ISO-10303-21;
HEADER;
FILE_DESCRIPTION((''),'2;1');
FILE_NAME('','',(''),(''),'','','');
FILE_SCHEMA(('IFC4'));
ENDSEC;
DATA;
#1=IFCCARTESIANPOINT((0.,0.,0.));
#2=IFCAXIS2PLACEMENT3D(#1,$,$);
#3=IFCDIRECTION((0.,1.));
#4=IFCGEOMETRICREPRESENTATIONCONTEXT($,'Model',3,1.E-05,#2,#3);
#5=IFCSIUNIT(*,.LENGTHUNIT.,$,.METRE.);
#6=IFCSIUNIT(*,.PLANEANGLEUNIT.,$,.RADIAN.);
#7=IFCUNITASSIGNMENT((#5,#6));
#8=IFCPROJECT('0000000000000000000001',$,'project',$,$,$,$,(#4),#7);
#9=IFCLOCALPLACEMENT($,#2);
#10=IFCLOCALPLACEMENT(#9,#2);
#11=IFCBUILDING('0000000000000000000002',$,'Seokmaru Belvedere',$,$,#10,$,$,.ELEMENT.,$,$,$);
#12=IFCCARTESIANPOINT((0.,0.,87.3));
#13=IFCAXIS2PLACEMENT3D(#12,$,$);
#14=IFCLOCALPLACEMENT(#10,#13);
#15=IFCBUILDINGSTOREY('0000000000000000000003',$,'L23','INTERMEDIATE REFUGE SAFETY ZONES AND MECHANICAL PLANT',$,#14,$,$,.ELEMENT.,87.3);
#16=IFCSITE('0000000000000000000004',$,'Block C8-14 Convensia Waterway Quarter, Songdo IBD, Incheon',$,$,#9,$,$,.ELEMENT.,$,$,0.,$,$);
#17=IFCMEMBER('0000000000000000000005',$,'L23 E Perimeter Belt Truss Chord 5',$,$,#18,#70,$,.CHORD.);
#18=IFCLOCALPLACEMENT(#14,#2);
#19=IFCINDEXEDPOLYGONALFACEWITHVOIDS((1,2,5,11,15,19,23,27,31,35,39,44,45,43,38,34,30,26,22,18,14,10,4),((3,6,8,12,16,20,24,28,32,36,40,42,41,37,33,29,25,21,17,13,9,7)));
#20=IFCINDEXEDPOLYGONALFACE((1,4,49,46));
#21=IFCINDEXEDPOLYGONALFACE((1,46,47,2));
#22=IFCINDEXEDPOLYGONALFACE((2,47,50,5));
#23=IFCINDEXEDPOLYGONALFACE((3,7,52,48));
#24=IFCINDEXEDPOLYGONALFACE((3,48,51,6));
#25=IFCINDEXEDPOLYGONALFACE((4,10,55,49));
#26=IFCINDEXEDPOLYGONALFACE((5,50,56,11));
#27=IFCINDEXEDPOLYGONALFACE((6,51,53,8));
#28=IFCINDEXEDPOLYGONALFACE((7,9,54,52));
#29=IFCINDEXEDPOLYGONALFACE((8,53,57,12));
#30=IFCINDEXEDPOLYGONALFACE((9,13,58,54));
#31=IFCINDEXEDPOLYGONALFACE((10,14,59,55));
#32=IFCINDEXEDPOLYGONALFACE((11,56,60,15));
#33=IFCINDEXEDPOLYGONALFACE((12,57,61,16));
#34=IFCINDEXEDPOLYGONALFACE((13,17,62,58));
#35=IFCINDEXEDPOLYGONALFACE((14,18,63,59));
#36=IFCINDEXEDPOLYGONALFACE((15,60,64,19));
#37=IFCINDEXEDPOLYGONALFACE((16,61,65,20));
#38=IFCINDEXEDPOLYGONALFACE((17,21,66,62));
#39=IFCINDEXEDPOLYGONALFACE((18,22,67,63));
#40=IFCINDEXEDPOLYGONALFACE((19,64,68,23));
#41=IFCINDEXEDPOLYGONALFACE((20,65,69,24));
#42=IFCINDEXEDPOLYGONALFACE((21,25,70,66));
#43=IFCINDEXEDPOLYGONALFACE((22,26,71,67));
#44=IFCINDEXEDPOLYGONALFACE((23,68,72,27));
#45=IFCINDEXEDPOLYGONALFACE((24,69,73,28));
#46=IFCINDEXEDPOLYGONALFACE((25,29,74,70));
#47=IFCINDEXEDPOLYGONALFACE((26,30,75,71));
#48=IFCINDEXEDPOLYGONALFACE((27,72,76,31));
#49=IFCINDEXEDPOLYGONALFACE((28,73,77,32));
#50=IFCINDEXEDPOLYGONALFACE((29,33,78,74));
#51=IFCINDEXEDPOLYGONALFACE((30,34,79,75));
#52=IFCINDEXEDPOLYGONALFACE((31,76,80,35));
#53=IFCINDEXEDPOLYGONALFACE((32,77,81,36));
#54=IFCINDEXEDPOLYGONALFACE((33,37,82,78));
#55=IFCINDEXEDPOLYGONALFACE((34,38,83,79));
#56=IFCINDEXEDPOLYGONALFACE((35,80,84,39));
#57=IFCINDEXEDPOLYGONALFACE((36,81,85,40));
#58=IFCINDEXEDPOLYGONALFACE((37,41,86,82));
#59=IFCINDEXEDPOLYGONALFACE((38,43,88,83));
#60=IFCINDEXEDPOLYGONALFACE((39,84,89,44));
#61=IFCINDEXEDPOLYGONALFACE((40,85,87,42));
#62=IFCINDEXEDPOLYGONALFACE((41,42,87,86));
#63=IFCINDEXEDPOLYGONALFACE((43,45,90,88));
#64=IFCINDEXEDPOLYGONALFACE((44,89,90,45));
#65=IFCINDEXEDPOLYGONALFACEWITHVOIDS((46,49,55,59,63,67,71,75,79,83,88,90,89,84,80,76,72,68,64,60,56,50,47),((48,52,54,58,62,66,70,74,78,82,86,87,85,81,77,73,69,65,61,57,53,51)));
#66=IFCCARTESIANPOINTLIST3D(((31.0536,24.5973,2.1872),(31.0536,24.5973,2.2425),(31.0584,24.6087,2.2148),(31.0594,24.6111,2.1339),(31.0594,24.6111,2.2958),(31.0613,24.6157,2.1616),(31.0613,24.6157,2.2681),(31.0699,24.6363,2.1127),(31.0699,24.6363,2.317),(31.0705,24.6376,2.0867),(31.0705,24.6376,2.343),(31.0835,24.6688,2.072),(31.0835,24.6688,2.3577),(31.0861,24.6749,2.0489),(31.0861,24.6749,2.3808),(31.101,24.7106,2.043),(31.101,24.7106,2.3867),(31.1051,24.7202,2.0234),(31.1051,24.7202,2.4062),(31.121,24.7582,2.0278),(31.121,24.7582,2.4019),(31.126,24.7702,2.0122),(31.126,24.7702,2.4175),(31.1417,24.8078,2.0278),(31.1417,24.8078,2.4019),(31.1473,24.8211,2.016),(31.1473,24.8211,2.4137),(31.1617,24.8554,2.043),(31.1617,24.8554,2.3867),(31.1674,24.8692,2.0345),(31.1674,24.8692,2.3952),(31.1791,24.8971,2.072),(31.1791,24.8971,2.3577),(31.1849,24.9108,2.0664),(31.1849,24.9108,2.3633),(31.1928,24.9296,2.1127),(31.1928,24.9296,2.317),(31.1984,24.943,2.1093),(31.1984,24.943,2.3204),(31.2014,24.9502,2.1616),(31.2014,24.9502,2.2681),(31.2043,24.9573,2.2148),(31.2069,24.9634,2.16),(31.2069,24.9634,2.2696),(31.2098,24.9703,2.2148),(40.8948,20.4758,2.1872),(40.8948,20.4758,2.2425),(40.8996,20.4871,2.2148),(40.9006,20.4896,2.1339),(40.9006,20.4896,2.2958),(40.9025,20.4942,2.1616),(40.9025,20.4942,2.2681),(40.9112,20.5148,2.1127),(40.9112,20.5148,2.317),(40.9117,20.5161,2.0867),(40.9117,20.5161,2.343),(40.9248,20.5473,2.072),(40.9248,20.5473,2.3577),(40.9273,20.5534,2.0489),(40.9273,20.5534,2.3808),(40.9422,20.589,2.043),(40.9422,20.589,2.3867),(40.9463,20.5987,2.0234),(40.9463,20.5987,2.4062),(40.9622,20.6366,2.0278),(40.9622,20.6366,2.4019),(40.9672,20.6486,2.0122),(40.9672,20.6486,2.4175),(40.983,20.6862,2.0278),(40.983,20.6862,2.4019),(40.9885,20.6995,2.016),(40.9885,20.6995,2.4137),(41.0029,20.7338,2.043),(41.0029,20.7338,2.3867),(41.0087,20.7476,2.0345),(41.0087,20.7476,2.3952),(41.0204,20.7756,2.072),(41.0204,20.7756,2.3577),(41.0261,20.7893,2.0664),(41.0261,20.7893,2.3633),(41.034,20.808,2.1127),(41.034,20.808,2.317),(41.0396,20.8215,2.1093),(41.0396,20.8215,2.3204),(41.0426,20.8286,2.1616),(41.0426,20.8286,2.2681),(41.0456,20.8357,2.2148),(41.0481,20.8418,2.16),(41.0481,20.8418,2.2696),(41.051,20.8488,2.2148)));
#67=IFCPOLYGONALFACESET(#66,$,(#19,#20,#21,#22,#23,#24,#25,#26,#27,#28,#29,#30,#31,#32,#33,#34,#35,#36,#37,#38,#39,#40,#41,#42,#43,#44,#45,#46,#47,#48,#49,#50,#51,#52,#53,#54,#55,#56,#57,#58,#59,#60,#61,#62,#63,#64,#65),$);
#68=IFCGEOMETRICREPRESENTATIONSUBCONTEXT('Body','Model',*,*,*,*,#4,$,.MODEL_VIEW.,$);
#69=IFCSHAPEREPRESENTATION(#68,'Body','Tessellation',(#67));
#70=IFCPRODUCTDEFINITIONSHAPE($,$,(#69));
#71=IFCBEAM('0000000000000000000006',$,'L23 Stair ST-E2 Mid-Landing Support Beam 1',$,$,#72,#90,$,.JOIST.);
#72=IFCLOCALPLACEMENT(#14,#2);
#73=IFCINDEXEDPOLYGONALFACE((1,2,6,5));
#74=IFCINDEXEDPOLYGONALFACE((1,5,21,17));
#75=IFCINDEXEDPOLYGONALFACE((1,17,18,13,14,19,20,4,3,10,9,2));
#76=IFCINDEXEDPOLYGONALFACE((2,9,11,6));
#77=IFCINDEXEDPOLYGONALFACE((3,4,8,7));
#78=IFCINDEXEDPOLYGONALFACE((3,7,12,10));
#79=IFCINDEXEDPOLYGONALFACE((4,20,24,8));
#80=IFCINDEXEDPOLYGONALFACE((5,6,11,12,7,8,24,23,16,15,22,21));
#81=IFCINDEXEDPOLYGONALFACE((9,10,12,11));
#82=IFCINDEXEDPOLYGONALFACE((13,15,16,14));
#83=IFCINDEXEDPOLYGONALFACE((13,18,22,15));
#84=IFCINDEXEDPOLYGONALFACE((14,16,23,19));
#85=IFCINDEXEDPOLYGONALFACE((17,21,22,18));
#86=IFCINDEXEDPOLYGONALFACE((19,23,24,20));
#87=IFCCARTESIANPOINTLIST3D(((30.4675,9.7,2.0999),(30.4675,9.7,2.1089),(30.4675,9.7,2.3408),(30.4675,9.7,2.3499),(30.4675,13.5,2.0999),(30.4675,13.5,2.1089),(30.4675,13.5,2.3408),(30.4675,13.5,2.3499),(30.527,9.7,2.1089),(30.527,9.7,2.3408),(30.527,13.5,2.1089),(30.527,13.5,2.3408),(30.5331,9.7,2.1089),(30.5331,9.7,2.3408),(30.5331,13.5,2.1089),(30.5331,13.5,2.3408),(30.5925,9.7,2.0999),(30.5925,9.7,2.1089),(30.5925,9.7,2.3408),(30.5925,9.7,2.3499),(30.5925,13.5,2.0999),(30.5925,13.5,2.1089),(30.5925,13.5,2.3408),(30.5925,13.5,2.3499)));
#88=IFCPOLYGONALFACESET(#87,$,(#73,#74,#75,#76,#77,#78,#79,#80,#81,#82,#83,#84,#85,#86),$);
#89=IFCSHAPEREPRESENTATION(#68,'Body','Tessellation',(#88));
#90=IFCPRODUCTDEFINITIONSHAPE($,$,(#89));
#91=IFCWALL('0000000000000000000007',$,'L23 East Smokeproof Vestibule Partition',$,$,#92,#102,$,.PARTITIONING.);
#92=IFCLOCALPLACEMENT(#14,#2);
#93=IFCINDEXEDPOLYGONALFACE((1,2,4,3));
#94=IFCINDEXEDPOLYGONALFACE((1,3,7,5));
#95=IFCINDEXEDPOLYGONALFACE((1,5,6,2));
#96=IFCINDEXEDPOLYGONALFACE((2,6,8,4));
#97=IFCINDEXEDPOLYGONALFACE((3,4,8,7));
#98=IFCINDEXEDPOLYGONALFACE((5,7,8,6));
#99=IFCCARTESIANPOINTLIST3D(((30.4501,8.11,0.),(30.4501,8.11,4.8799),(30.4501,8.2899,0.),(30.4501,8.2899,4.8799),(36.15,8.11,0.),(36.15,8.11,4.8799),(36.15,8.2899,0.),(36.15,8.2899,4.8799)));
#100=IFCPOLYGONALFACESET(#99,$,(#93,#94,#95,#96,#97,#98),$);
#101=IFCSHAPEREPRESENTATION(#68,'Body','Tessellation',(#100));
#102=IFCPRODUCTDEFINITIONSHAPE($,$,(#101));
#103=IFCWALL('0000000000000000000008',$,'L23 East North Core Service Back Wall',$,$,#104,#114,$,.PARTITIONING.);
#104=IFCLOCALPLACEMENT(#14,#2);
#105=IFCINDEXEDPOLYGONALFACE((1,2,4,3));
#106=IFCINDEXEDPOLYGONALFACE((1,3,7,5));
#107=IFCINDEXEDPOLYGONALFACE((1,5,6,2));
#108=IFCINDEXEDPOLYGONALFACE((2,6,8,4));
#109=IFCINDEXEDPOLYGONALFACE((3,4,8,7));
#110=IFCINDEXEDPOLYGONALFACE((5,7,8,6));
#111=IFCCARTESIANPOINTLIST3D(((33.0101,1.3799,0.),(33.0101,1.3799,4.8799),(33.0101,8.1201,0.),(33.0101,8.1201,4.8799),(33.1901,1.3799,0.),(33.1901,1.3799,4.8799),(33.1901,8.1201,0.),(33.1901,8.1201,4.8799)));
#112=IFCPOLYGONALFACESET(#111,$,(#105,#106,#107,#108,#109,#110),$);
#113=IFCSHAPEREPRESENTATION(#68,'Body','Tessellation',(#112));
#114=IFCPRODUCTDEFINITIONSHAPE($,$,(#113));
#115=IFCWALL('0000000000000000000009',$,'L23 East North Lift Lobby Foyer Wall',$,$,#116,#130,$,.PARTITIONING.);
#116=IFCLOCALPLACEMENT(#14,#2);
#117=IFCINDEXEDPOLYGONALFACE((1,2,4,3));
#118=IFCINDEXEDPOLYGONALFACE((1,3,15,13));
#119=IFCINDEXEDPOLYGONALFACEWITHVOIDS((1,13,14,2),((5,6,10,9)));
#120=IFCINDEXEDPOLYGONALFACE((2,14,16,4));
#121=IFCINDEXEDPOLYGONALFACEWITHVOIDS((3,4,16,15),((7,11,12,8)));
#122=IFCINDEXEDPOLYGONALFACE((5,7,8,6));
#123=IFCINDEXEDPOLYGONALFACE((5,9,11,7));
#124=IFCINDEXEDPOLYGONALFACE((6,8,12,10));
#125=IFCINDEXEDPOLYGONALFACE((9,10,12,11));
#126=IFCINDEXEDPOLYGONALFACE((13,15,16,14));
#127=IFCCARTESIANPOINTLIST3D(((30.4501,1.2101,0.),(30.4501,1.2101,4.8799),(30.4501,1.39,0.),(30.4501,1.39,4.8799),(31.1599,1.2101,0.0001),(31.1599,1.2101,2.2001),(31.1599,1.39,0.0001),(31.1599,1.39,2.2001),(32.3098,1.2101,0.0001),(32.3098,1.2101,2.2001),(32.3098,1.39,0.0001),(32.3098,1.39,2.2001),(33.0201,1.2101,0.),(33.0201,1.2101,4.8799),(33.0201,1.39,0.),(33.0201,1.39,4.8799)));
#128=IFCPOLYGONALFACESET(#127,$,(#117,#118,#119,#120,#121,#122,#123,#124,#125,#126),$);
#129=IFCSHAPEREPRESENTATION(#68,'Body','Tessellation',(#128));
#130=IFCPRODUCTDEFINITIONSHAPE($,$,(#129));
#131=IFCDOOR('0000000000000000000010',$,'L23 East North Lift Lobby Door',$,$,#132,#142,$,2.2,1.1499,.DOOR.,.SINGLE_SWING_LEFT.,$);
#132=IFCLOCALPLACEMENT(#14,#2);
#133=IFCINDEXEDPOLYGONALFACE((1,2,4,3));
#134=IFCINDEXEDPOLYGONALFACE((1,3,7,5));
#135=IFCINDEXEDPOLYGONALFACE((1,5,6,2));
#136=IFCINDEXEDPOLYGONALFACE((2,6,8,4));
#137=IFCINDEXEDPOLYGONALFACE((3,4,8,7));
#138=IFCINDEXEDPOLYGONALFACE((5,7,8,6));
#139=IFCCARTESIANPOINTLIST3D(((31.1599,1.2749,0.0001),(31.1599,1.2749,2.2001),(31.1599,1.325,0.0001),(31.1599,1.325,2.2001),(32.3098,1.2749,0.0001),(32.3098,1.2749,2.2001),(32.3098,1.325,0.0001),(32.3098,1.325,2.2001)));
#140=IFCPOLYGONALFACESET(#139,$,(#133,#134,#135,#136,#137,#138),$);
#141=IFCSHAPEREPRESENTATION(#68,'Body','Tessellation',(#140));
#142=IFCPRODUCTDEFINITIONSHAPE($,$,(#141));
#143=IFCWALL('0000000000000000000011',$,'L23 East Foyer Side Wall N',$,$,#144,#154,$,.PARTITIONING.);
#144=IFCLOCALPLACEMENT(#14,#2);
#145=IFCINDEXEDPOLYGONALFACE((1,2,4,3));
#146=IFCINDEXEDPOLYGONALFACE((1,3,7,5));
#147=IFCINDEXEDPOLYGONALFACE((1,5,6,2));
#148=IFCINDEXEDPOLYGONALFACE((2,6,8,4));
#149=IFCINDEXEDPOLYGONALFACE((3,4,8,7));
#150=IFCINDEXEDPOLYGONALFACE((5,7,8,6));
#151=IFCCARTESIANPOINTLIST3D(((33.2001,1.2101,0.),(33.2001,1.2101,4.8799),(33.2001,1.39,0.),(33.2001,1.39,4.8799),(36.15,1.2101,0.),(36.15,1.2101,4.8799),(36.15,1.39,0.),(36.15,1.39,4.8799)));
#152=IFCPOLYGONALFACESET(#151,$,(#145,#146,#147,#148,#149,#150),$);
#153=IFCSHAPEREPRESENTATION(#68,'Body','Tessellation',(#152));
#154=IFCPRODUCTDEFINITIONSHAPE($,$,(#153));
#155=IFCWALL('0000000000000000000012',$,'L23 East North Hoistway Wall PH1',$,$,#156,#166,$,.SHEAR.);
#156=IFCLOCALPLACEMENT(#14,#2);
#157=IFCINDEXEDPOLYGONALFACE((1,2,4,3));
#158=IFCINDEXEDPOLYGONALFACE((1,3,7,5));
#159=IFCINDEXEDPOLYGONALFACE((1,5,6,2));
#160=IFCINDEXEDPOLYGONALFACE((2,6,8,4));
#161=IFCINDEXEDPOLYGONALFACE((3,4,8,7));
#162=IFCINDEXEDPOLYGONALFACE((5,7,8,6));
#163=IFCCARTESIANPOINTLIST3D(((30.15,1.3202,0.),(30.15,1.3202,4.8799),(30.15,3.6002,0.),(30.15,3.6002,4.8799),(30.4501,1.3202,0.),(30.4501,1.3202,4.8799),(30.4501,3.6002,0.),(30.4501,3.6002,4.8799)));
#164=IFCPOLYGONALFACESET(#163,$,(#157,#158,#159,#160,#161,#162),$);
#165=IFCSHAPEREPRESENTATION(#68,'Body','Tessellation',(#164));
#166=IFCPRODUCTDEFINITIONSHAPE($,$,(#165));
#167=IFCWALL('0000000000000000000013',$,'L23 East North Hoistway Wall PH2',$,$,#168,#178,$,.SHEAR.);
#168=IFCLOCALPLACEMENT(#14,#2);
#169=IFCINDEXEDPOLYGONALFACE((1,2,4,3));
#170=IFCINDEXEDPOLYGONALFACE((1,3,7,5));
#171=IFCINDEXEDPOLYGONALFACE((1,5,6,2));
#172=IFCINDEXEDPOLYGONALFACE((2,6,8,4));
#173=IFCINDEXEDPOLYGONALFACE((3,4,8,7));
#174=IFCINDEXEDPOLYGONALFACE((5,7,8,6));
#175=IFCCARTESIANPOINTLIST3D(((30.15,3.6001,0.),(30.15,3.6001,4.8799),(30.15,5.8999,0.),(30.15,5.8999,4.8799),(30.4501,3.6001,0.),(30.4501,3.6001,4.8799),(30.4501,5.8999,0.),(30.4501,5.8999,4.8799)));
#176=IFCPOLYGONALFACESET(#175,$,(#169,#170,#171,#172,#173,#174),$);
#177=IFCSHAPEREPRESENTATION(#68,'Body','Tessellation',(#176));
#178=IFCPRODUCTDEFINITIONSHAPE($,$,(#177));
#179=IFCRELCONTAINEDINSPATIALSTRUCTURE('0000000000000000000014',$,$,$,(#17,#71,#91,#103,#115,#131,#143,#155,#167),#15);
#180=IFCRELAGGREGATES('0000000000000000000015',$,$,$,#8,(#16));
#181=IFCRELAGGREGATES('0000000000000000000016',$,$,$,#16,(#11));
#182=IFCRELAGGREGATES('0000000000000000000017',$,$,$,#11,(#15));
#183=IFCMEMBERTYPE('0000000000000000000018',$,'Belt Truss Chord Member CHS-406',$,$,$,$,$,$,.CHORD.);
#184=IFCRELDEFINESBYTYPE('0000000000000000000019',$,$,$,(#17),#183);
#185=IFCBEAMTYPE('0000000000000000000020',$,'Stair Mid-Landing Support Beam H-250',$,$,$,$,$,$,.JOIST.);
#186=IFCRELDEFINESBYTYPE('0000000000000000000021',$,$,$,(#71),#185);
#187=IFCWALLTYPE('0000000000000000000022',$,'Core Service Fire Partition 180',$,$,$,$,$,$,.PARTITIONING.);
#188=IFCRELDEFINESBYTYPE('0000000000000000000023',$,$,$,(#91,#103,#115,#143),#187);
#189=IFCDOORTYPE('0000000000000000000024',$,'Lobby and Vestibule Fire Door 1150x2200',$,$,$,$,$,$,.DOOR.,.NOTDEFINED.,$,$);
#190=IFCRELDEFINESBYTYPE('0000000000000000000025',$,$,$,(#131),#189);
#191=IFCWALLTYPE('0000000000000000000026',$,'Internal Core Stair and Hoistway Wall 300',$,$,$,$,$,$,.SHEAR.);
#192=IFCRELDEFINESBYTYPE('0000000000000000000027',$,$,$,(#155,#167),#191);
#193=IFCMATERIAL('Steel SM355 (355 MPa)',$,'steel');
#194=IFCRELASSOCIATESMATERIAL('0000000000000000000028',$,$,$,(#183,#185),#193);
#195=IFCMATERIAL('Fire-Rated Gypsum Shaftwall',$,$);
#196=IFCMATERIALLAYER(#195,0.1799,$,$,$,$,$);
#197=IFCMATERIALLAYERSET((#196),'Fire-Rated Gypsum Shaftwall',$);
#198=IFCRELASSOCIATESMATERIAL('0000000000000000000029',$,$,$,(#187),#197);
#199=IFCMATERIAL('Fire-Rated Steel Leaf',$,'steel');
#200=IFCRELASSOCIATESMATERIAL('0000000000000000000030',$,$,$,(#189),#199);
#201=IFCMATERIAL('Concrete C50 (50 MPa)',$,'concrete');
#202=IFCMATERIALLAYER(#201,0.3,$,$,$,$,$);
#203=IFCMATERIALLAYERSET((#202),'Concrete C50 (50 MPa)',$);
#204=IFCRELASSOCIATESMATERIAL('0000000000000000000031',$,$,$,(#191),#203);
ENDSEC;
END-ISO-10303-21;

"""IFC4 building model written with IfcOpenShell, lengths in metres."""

from ifc_helpers import new_model, si_unit, direction, frame, frame_2d, origin, origin_2d, place, context, subcontext, project, spatial, rectangle, hollow_circle, i_section, extrude, source, transform, mapped, material, layer, layer_set, material_profile, profile_set, type_object, type_shapes, element, fill, save


model = new_model("IFC4")

# Units and contexts
model_context = context("Model", 3, precision=1e-05, world=origin(), true_north=direction((0.0, 1.0)))
body_context = subcontext(model_context, "Body", "Model", "MODEL_VIEW")
ifc_project = project(units=[si_unit("LENGTHUNIT", "METRE"), si_unit("PLANEANGLEUNIT", "RADIAN")], contexts=[model_context])

# Site, building, storey
site_placement = place(None, origin())
site = spatial("IfcSite", under=ifc_project, at=site_placement, Name="Block C8-14 Convensia Waterway Quarter, Songdo IBD, Incheon", CompositionType="ELEMENT", RefElevation=0.0)
building_placement = place(site_placement, origin())
building = spatial("IfcBuilding", under=site, at=building_placement, Name="Seokmaru Belvedere", CompositionType="ELEMENT")
storey_placement = place(building_placement, frame((0.0, 0.0, 87.3)))
storey = spatial("IfcBuildingStorey", under=building, at=storey_placement, Name="L23", Description="INTERMEDIATE REFUGE SAFETY ZONES AND MECHANICAL PLANT", CompositionType="ELEMENT", Elevation=87.3)

# Shared definitions
ifc_material_1 = material(Name="Steel SM355 (355 MPa)", Category="steel")

# Member
ifc_material_profile_1 = material_profile(ifc_material_1, hollow_circle(Radius=0.2031, WallThickness=0.0142, at=origin_2d()), Name="CHS-406.4x14.2")
ifc_profile_set_1 = profile_set([ifc_material_profile_1], Name="Steel SM355 (355 MPa)")
member_type_1 = type_object("IfcMemberType", Name="Belt Truss Chord Member CHS-406", PredefinedType="CHORD", material=ifc_profile_set_1)
shared_shape_1 = source(origin(), body_context, "Body", "SweptSolid", [
    extrude(hollow_circle(Radius=0.2031, WallThickness=0.0142, at=origin_2d()), origin(), (0.0, 0.0, 1.0), 10.6694),
])
type_shapes(member_type_1, [shared_shape_1])
member_1_placement = place(storey_placement, frame((31.1313, 24.783, 2.2148), z_axis=(0.922375, -0.386295, 0.0), x_axis=(0.386295, 0.922375, 0.0)))
element("IfcMember", 1, at=member_1_placement, inside=storey, type_object=member_type_1, Name="L23 E Perimeter Belt Truss Chord 5", PredefinedType="CHORD", context=body_context, shape_type="MappedRepresentation", body=[
    mapped(shared_shape_1, transform((0.0, 0.0, 0.0), scale=1.0)),
])

# Beam
ifc_material_profile_2 = material_profile(ifc_material_1, i_section(OverallWidth=0.125, OverallDepth=0.25, WebThickness=0.0061, FlangeThickness=0.009, at=origin_2d()), Name="H-250x125x6x9")
ifc_profile_set_2 = profile_set([ifc_material_profile_2], Name="Steel SM355 (355 MPa)")
beam_type_1 = type_object("IfcBeamType", Name="Stair Mid-Landing Support Beam H-250", PredefinedType="JOIST", material=ifc_profile_set_2)
shared_shape_2 = source(origin(), body_context, "Body", "SweptSolid", [
    extrude(i_section(OverallWidth=0.125, OverallDepth=0.25, WebThickness=0.0061, FlangeThickness=0.009, at=origin_2d()), origin(), (0.0, 0.0, 1.0), 3.8),
])
type_shapes(beam_type_1, [shared_shape_2])
beam_1_placement = place(storey_placement, frame((30.53, 9.7, 2.2249), z_axis=(0.0, 1.0, 0.0), x_axis=(-1.0, 0.0, 0.0)))
element("IfcBeam", 2, at=beam_1_placement, inside=storey, type_object=beam_type_1, Name="L23 Stair ST-E2 Mid-Landing Support Beam 1", PredefinedType="JOIST", context=body_context, shape_type="MappedRepresentation", body=[
    mapped(shared_shape_2, transform((0.0, 0.0, 0.0), scale=1.0)),
])

# Walls
ifc_material_2 = material(Name="Fire-Rated Gypsum Shaftwall")
ifc_layer_1 = layer(ifc_material_2, 0.1799)
ifc_layer_set_1 = layer_set([ifc_layer_1], Name="Fire-Rated Gypsum Shaftwall")
wall_type_1 = type_object("IfcWallType", Name="Core Service Fire Partition 180", PredefinedType="PARTITIONING", material=ifc_layer_set_1)
wall_1_placement = place(storey_placement, frame((30.45, 8.2, 0.0), z_axis=(0.0, 0.0, 1.0), x_axis=(1.0, 0.0, 0.0)))
element("IfcWall", 3, at=wall_1_placement, inside=storey, type_object=wall_type_1, Name="L23 East Smokeproof Vestibule Partition", PredefinedType="PARTITIONING", context=body_context, shape_type="SweptSolid", body=[
    extrude(rectangle(XDim=5.7, YDim=0.1799, at=frame_2d((2.8501, 0.0))), origin(), (0.0, 0.0, 1.0), 4.8799),
])
wall_2_placement = place(storey_placement, frame((33.1001, 1.3799, 0.0), z_axis=(0.0, 0.0, 1.0), x_axis=(0.0, 1.0, 0.0)))
element("IfcWall", 4, at=wall_2_placement, inside=storey, type_object=wall_type_1, Name="L23 East North Core Service Back Wall", PredefinedType="PARTITIONING", context=body_context, shape_type="SweptSolid", body=[
    extrude(rectangle(XDim=6.7402, YDim=0.1799, at=frame_2d((3.3701, 0.0))), origin(), (0.0, 0.0, 1.0), 4.8799),
])

# Wall, opening, door
wall_3_placement = place(storey_placement, frame((30.45, 1.3, 0.0), z_axis=(0.0, 0.0, 1.0), x_axis=(1.0, 0.0, 0.0)))
wall_3 = element("IfcWall", 5, at=wall_3_placement, inside=storey, type_object=wall_type_1, Name="L23 East North Lift Lobby Foyer Wall", PredefinedType="PARTITIONING", context=body_context, shape_type="SweptSolid", body=[
    extrude(rectangle(XDim=2.5701, YDim=0.1799, at=frame_2d((1.2852, 0.0))), origin(), (0.0, 0.0, 1.0), 4.8799),
])
opening_1_placement = place(wall_3_placement, frame((0.71, 0.0, 0.0)))
opening_1 = element("IfcOpeningElement", 6, at=opening_1_placement, cuts=wall_3, PredefinedType="OPENING", context=body_context, shape_type="SweptSolid", body=[
    extrude(rectangle(XDim=1.1499, YDim=2.2, at=frame_2d((0.575, 1.1001))), frame((0.0, 0.1001, 0.0), z_axis=(0.0, -1.0, 0.0), x_axis=(1.0, 0.0, 0.0)), (0.0, 0.0, 1.0), 0.2),
])
ifc_material_3 = material(Name="Fire-Rated Steel Leaf", Category="steel")
door_type_1 = type_object("IfcDoorType", Name="Lobby and Vestibule Fire Door 1150x2200", OperationType="NOTDEFINED", PredefinedType="DOOR", material=ifc_material_3)
shared_shape_3 = source(origin(), body_context, "Body", "SweptSolid", [
    extrude(rectangle(XDim=1.1499, YDim=2.2, at=frame_2d((0.575, 1.1001))), frame((0.0, 0.0249, 0.0), z_axis=(0.0, -1.0, 0.0), x_axis=(1.0, 0.0, 0.0)), (0.0, 0.0, 1.0), 0.05),
])
type_shapes(door_type_1, [shared_shape_3])
door_1_placement = place(opening_1_placement, origin())
door_1 = element("IfcDoor", 7, at=door_1_placement, inside=storey, type_object=door_type_1, Name="L23 East North Lift Lobby Door", OperationType="SINGLE_SWING_LEFT", OverallHeight=2.2, OverallWidth=1.1499, PredefinedType="DOOR", context=body_context, shape_type="MappedRepresentation", body=[
    mapped(shared_shape_3, transform((0.0, 0.0, 0.0), scale=1.0)),
])
fill(opening_1, door_1)

# Walls
wall_4_placement = place(storey_placement, frame((33.2, 1.3, 0.0), z_axis=(0.0, 0.0, 1.0), x_axis=(1.0, 0.0, 0.0)))
element("IfcWall", 8, at=wall_4_placement, inside=storey, type_object=wall_type_1, Name="L23 East Foyer Side Wall N", PredefinedType="PARTITIONING", context=body_context, shape_type="SweptSolid", body=[
    extrude(rectangle(XDim=2.95, YDim=0.1799, at=frame_2d((1.4751, 0.0))), origin(), (0.0, 0.0, 1.0), 4.8799),
])
ifc_material_4 = material(Name="Concrete C50 (50 MPa)", Category="concrete")
ifc_layer_2 = layer(ifc_material_4, 0.3)
ifc_layer_set_2 = layer_set([ifc_layer_2], Name="Concrete C50 (50 MPa)")
wall_type_2 = type_object("IfcWallType", Name="Internal Core Stair and Hoistway Wall 300", PredefinedType="SHEAR", material=ifc_layer_set_2)
wall_5_placement = place(storey_placement, frame((30.3, 1.3201, 0.0), z_axis=(0.0, 0.0, 1.0), x_axis=(0.0, 1.0, 0.0)))
element("IfcWall", 9, at=wall_5_placement, inside=storey, type_object=wall_type_2, Name="L23 East North Hoistway Wall PH1", PredefinedType="SHEAR", context=body_context, shape_type="SweptSolid", body=[
    extrude(rectangle(XDim=2.28, YDim=0.3, at=frame_2d((1.1401, 0.0))), origin(), (0.0, 0.0, 1.0), 4.8799),
])
wall_6_placement = place(storey_placement, frame((30.3, 3.6001, 0.0), z_axis=(0.0, 0.0, 1.0), x_axis=(0.0, 1.0, 0.0)))
element("IfcWall", 10, at=wall_6_placement, inside=storey, type_object=wall_type_2, Name="L23 East North Hoistway Wall PH2", PredefinedType="SHEAR", context=body_context, shape_type="SweptSolid", body=[
    extrude(rectangle(XDim=2.2998, YDim=0.3, at=frame_2d((1.1499, 0.0))), origin(), (0.0, 0.0, 1.0), 4.8799),
])

save(model, "model.ifc")
